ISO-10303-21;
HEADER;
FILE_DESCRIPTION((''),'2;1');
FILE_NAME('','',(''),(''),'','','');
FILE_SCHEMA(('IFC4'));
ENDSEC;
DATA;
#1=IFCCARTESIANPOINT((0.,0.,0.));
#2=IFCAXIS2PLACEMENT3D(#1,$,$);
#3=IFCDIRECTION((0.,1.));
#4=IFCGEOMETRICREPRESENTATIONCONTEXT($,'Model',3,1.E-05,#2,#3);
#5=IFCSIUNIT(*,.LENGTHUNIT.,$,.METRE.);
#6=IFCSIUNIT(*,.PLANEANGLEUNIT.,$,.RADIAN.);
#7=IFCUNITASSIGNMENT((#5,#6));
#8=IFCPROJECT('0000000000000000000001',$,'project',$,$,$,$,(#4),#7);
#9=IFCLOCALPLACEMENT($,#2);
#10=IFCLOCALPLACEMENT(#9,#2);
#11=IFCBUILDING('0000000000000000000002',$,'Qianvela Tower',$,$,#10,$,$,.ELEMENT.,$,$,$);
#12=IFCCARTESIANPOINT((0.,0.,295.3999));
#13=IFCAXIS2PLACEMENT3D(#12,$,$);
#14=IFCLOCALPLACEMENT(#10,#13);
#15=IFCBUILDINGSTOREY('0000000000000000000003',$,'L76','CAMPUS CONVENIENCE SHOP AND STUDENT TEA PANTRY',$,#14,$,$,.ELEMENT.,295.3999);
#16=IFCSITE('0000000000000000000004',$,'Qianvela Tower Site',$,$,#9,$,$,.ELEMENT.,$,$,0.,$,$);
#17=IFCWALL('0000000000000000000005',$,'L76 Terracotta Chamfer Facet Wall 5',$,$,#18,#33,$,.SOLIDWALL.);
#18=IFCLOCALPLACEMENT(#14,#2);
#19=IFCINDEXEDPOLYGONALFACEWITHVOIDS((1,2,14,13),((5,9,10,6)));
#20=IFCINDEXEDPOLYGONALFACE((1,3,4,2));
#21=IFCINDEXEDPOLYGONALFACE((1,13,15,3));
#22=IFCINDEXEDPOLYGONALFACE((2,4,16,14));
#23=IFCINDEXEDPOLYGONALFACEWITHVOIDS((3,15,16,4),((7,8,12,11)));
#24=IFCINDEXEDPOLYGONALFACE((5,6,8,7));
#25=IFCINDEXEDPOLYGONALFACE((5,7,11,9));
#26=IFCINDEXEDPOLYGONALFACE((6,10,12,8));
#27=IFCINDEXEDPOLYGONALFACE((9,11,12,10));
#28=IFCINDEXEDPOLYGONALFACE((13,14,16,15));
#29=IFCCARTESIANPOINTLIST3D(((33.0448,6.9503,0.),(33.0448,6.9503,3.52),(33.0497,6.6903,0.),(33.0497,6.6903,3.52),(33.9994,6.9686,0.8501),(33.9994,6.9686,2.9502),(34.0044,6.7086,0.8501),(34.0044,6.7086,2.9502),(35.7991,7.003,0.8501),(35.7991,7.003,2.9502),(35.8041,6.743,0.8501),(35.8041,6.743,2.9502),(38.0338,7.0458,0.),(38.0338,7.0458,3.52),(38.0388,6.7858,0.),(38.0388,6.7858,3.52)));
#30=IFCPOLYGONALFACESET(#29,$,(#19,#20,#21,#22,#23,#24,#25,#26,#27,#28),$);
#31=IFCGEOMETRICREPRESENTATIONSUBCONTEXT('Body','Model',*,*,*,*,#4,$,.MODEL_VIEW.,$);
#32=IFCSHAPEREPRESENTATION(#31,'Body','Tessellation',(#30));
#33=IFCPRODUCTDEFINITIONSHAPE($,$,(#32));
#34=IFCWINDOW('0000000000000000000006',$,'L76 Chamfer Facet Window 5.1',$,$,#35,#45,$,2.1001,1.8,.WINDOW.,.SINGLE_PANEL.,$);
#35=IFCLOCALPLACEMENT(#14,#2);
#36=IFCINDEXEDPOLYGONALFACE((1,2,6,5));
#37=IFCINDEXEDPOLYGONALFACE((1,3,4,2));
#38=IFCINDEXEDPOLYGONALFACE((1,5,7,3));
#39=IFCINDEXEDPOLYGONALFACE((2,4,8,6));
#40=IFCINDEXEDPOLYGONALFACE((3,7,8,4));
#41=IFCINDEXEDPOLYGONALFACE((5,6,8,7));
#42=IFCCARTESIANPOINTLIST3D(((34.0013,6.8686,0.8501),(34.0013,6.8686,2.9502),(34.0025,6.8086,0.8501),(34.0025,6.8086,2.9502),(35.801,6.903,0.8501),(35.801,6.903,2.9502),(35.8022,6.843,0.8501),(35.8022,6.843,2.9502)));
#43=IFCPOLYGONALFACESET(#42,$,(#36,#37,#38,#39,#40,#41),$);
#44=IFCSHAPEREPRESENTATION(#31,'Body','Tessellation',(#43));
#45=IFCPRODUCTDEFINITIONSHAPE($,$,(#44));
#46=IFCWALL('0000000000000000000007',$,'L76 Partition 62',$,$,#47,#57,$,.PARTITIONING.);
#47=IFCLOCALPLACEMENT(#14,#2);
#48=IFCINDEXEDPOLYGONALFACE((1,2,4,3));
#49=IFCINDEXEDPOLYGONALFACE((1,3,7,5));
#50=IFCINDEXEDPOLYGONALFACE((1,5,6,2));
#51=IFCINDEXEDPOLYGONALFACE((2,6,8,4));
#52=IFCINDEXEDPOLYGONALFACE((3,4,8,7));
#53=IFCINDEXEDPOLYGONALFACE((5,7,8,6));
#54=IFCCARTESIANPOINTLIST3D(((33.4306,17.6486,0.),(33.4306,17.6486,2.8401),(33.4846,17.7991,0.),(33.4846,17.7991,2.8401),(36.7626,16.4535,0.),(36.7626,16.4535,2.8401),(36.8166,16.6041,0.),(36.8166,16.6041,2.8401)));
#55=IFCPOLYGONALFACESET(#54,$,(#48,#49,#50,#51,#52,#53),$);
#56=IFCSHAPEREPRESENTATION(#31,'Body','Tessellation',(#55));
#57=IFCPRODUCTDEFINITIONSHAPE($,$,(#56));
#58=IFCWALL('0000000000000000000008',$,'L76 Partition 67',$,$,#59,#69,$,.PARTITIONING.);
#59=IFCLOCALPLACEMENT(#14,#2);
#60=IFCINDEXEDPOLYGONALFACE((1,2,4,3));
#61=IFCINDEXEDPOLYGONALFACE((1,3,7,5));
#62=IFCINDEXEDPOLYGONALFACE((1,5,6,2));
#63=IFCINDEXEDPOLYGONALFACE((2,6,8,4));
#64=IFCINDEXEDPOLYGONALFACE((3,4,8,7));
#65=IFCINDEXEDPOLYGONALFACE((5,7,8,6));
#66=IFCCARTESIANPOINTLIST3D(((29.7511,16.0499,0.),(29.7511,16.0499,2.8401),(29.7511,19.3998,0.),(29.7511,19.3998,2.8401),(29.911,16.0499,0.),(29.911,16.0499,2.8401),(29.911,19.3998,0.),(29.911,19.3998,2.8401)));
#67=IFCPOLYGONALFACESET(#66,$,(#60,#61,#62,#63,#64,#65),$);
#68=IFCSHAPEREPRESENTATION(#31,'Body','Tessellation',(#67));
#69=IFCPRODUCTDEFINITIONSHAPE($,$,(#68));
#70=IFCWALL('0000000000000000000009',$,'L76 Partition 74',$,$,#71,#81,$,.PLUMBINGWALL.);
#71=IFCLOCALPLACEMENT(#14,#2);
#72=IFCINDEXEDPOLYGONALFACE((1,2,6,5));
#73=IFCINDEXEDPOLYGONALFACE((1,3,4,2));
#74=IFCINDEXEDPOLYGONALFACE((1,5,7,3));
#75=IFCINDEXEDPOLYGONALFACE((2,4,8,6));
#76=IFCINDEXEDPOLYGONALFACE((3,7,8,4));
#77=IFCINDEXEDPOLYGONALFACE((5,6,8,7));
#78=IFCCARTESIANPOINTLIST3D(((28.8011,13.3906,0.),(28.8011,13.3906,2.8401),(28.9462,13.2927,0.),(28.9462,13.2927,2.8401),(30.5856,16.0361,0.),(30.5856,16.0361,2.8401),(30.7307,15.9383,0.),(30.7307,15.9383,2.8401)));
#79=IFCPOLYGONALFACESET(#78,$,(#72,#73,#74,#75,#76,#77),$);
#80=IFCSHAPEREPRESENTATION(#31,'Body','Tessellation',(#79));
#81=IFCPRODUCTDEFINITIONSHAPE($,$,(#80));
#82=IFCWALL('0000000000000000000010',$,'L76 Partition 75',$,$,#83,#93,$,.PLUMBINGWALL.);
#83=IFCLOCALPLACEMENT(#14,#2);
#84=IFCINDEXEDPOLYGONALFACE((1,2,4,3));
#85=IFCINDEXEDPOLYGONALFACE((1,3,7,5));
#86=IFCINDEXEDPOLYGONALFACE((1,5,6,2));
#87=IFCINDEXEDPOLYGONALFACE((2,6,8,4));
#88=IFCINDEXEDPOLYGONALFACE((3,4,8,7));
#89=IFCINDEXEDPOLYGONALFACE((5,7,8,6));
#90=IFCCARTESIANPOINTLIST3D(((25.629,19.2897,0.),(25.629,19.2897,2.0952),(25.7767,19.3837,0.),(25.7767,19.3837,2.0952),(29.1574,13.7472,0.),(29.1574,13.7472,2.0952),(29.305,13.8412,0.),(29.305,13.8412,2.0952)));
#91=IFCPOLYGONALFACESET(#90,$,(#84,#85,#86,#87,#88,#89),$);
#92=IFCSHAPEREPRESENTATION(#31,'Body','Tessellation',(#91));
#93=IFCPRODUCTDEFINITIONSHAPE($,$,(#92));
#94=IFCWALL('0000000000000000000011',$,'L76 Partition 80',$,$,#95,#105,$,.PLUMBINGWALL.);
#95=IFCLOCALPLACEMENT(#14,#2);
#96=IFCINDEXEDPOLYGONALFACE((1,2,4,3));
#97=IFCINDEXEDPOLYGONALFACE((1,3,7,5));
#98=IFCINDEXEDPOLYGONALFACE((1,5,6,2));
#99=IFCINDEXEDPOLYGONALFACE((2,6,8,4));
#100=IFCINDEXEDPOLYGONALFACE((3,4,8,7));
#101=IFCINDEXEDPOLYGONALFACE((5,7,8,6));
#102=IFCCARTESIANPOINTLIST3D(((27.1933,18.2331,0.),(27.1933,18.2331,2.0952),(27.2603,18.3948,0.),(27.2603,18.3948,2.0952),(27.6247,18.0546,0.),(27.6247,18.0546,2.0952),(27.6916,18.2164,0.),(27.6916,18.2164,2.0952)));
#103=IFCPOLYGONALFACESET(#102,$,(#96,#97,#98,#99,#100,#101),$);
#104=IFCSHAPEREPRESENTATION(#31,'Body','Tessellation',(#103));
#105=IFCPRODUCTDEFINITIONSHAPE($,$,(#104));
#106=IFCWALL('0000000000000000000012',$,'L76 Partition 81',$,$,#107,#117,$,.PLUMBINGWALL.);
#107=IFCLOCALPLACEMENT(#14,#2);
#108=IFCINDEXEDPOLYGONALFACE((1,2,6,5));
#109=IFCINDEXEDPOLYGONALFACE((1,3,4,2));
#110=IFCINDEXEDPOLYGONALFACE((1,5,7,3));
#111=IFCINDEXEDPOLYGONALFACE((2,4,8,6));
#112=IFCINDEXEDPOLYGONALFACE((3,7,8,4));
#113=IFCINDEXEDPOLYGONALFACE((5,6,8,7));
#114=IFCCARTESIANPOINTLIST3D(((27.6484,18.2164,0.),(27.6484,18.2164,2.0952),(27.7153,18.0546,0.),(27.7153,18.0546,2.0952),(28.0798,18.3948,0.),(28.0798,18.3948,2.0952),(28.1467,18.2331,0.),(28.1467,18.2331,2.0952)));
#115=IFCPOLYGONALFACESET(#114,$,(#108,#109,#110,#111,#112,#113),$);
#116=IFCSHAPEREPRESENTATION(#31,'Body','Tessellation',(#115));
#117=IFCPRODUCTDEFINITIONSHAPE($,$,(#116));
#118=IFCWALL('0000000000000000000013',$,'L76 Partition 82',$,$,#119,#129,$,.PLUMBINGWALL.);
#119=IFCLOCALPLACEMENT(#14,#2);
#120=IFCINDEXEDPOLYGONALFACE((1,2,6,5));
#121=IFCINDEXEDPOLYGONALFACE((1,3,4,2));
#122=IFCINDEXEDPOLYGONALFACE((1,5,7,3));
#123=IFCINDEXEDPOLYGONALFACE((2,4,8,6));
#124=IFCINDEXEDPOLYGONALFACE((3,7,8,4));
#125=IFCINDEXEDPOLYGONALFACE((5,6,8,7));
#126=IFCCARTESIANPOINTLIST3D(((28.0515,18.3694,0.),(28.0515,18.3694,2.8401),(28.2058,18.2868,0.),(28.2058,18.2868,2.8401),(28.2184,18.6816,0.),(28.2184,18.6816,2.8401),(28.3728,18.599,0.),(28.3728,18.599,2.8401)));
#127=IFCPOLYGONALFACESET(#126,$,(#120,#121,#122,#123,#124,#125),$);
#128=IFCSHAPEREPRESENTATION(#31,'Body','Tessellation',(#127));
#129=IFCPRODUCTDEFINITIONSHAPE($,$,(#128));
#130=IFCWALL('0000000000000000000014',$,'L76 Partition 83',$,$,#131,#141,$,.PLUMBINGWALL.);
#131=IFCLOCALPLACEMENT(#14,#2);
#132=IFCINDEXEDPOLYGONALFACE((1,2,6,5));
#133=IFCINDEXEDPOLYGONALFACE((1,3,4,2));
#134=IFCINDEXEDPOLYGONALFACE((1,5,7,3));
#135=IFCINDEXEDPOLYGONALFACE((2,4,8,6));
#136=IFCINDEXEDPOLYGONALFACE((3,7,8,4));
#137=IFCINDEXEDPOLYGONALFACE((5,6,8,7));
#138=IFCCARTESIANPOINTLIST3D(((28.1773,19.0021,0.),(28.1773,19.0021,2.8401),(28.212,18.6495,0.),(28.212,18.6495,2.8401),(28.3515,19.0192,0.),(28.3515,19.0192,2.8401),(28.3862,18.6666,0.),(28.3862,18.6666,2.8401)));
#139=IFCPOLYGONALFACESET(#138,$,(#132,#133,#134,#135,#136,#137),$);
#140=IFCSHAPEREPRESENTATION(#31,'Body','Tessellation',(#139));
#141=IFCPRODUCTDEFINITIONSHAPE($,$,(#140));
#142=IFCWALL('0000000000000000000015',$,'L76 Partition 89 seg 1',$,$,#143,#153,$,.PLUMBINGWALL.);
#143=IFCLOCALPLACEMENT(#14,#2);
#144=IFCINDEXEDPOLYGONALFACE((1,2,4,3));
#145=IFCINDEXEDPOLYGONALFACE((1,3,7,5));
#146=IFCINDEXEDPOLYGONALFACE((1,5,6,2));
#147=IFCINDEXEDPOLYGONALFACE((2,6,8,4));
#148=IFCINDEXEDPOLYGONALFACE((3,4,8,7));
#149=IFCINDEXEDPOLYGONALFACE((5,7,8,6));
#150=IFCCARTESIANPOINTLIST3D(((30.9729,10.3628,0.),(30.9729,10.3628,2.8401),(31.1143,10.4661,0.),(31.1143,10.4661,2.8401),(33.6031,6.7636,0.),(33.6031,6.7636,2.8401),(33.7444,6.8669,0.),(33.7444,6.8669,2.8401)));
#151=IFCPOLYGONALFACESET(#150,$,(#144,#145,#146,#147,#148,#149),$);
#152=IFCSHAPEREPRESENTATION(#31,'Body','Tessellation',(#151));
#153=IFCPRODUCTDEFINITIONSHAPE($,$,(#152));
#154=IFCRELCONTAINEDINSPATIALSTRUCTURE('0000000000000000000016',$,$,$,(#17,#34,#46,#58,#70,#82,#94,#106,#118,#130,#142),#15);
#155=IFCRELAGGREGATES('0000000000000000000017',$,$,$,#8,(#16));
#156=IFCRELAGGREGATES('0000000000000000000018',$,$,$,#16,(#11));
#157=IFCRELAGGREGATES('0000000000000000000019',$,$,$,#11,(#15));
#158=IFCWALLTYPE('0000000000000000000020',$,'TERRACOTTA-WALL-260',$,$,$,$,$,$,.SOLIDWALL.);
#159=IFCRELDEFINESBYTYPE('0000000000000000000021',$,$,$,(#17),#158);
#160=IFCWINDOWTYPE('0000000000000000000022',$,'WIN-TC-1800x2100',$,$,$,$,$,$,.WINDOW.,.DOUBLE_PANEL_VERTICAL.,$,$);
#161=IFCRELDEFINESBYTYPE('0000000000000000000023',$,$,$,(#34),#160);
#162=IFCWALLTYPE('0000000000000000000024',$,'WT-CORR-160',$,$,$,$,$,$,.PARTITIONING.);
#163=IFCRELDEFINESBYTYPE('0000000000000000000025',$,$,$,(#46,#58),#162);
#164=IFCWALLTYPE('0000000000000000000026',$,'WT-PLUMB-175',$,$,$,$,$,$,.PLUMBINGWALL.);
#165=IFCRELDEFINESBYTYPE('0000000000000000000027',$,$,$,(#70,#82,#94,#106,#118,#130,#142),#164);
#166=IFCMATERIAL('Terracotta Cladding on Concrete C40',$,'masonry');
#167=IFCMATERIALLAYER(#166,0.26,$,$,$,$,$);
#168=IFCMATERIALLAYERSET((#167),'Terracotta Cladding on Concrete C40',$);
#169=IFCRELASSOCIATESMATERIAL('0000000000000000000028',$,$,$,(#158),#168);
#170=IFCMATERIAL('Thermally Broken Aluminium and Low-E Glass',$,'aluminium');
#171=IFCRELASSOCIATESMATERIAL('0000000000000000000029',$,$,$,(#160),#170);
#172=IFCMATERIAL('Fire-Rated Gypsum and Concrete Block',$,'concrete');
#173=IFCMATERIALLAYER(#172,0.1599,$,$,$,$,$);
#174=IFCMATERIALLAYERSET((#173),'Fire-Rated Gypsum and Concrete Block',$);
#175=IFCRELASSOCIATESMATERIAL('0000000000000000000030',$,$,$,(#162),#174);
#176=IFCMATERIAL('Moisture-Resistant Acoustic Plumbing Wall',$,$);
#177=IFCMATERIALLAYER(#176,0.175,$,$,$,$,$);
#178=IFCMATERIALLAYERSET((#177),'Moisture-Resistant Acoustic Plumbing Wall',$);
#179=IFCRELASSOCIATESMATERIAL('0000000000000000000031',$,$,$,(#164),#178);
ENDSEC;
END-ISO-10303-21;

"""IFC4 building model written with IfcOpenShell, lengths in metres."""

from ifc_helpers import new_model, si_unit, direction, frame, frame_2d, origin, place, context, subcontext, project, spatial, rectangle, extrude, material, layer, layer_set, type_object, element, fill, save


model = new_model("IFC4")

# Units and contexts
model_context = context("Model", 3, precision=1e-05, world=origin(), true_north=direction((0.0, 1.0)))
body_context = subcontext(model_context, "Body", "Model", "MODEL_VIEW")
ifc_project = project(units=[si_unit("LENGTHUNIT", "METRE"), si_unit("PLANEANGLEUNIT", "RADIAN")], contexts=[model_context])

# Site, building, storey
site_placement = place(None, origin())
site = spatial("IfcSite", under=ifc_project, at=site_placement, Name="Qianvela Tower Site", CompositionType="ELEMENT", RefElevation=0.0)
building_placement = place(site_placement, origin())
building = spatial("IfcBuilding", under=site, at=building_placement, Name="Qianvela Tower", CompositionType="ELEMENT")
storey_placement = place(building_placement, frame((0.0, 0.0, 295.3999)))
storey = spatial("IfcBuildingStorey", under=building, at=storey_placement, Name="L76", Description="CAMPUS CONVENIENCE SHOP AND STUDENT TEA PANTRY", CompositionType="ELEMENT", Elevation=295.3999)

# Wall, opening, window
ifc_material_1 = material(Name="Terracotta Cladding on Concrete C40", Category="masonry")
ifc_layer_1 = layer(ifc_material_1, 0.26)
ifc_layer_set_1 = layer_set([ifc_layer_1], Name="Terracotta Cladding on Concrete C40")
wall_type_1 = type_object("IfcWallType", Name="TERRACOTTA-WALL-260", PredefinedType="SOLIDWALL", material=ifc_layer_set_1)
wall_1_placement = place(storey_placement, frame((33.0471, 6.8203, 0.0), z_axis=(0.0, 0.0, 1.0), x_axis=(0.999817, 0.01913, 0.0)))
wall_1 = element("IfcWall", 1, at=wall_1_placement, inside=storey, type_object=wall_type_1, Name="L76 Terracotta Chamfer Facet Wall 5", PredefinedType="SOLIDWALL", context=body_context, shape_type="SweptSolid", body=[
    extrude(rectangle(XDim=4.99, YDim=0.26, at=frame_2d((2.4951, 0.0))), origin(), (0.0, 0.0, 1.0), 3.52),
])
opening_placement = place(wall_1_placement, frame((0.9551, 0.0, 0.8501)))
opening = element("IfcOpeningElement", 2, at=opening_placement, cuts=wall_1, PredefinedType="OPENING", context=body_context, shape_type="SweptSolid", body=[
    extrude(rectangle(XDim=1.8, YDim=2.1001, at=frame_2d((0.8999, 1.05))), frame((0.0, 0.1399, 0.0), z_axis=(0.0, -1.0, 0.0), x_axis=(1.0, 0.0, 0.0)), (0.0, 0.0, 1.0), 0.28),
])
ifc_material_2 = material(Name="Thermally Broken Aluminium and Low-E Glass", Category="aluminium")
window_type = type_object("IfcWindowType", Name="WIN-TC-1800x2100", PartitioningType="DOUBLE_PANEL_VERTICAL", PredefinedType="WINDOW", material=ifc_material_2)
window_placement = place(opening_placement, origin())
window = element("IfcWindow", 3, at=window_placement, inside=storey, type_object=window_type, Name="L76 Chamfer Facet Window 5.1", OverallHeight=2.1001, OverallWidth=1.8, PartitioningType="SINGLE_PANEL", PredefinedType="WINDOW", context=body_context, shape_type="SweptSolid", body=[
    extrude(rectangle(XDim=1.8, YDim=2.1001, at=frame_2d((0.8999, 1.05))), frame((0.0, 0.03, 0.0), z_axis=(0.0, -1.0, 0.0), x_axis=(1.0, 0.0, 0.0)), (0.0, 0.0, 1.0), 0.0601),
])
fill(opening, window)

# Walls
ifc_material_3 = material(Name="Fire-Rated Gypsum and Concrete Block", Category="concrete")
ifc_layer_2 = layer(ifc_material_3, 0.1599)
ifc_layer_set_2 = layer_set([ifc_layer_2], Name="Fire-Rated Gypsum and Concrete Block")
wall_type_2 = type_object("IfcWallType", Name="WT-CORR-160", PredefinedType="PARTITIONING", material=ifc_layer_set_2)
wall_2_placement = place(storey_placement, frame((33.4575, 17.7239, 0.0), z_axis=(0.0, 0.0, 1.0), x_axis=(0.941289, -0.337603, 0.0)))
element("IfcWall", 4, at=wall_2_placement, inside=storey, type_object=wall_type_2, Name="L76 Partition 62", PredefinedType="PARTITIONING", context=body_context, shape_type="SweptSolid", body=[
    extrude(rectangle(XDim=3.5398, YDim=0.1599, at=frame_2d((1.77, 0.0))), origin(), (0.0, 0.0, 1.0), 2.8401),
])
wall_3_placement = place(storey_placement, frame((29.8311, 16.05, 0.0), z_axis=(0.0, 0.0, 1.0), x_axis=(0.0, 1.0, 0.0)))
element("IfcWall", 5, at=wall_3_placement, inside=storey, type_object=wall_type_2, Name="L76 Partition 67", PredefinedType="PARTITIONING", context=body_context, shape_type="SweptSolid", body=[
    extrude(rectangle(XDim=3.3499, YDim=0.1599, at=frame_2d((1.6748, 0.0))), origin(), (0.0, 0.0, 1.0), 2.8401),
])
ifc_material_4 = material(Name="Moisture-Resistant Acoustic Plumbing Wall")
ifc_layer_3 = layer(ifc_material_4, 0.175)
ifc_layer_set_3 = layer_set([ifc_layer_3], Name="Moisture-Resistant Acoustic Plumbing Wall")
wall_type_3 = type_object("IfcWallType", Name="WT-PLUMB-175", PredefinedType="PLUMBINGWALL", material=ifc_layer_set_3)
wall_4_placement = place(storey_placement, frame((30.6582, 15.9873, 0.0), z_axis=(0.0, 0.0, 1.0), x_axis=(-0.559194, -0.829037, 0.0)))
element("IfcWall", 6, at=wall_4_placement, inside=storey, type_object=wall_type_3, Name="L76 Partition 74", PredefinedType="PLUMBINGWALL", context=body_context, shape_type="SweptSolid", body=[
    extrude(rectangle(XDim=3.1912, YDim=0.175, at=frame_2d((1.5957, 0.0))), origin(), (0.0, 0.0, 1.0), 2.8401),
])
wall_5_placement = place(storey_placement, frame((29.2312, 13.7942, 0.0), z_axis=(0.0, 0.0, 1.0), x_axis=(-0.537015, 0.843573, 0.0)))
element("IfcWall", 7, at=wall_5_placement, inside=storey, type_object=wall_type_3, Name="L76 Partition 75", PredefinedType="PLUMBINGWALL", context=body_context, shape_type="SweptSolid", body=[
    extrude(rectangle(XDim=6.5703, YDim=0.175, at=frame_2d((3.2852, 0.0))), origin(), (0.0, 0.0, 1.0), 2.0952),
])
for number, where, z_axis, x_axis, name in (
    (8, (27.2268, 18.314, 0.0), (0.0, 0.0, 1.0), (0.924049, -0.382275, 0.0), "L76 Partition 80"),
    (9, (27.6819, 18.1355, 0.0), (0.0, 0.0, 1.0), (0.924049, 0.382275, 0.0), "L76 Partition 81"),
):
    element("IfcWall", number, at=place(storey_placement, frame(where, z_axis=z_axis, x_axis=x_axis)), inside=storey, type_object=wall_type_3, Name=name, PredefinedType="PLUMBINGWALL", context=body_context, shape_type="SweptSolid", body=[
        extrude(rectangle(XDim=0.4668, YDim=0.175, at=frame_2d((0.2334, 0.0))), origin(), (0.0, 0.0, 1.0), 2.0952),
    ])
wall_6_placement = place(storey_placement, frame((28.1287, 18.3281, 0.0), z_axis=(0.0, 0.0, 1.0), x_axis=(0.47159, 0.881818, 0.0)))
element("IfcWall", 10, at=wall_6_placement, inside=storey, type_object=wall_type_3, Name="L76 Partition 82", PredefinedType="PLUMBINGWALL", context=body_context, shape_type="SweptSolid", body=[
    extrude(rectangle(XDim=0.354, YDim=0.175, at=frame_2d((0.177, 0.0))), origin(), (0.0, 0.0, 1.0), 2.8401),
])
wall_7_placement = place(storey_placement, frame((28.2991, 18.658, 0.0), z_axis=(0.0, 0.0, 1.0), x_axis=(-0.097866, 0.9952, 0.0)))
element("IfcWall", 11, at=wall_7_placement, inside=storey, type_object=wall_type_3, Name="L76 Partition 83", PredefinedType="PLUMBINGWALL", context=body_context, shape_type="SweptSolid", body=[
    extrude(rectangle(XDim=0.3542, YDim=0.175, at=frame_2d((0.1772, 0.0))), origin(), (0.0, 0.0, 1.0), 2.8401),
])
wall_8_placement = place(storey_placement, frame((33.6738, 6.8152, 0.0), z_axis=(0.0, 0.0, 1.0), x_axis=(-0.590017, 0.807391, 0.0)))
element("IfcWall", 12, at=wall_8_placement, inside=storey, type_object=wall_type_3, Name="L76 Partition 89 seg 1", PredefinedType="PLUMBINGWALL", context=body_context, shape_type="SweptSolid", body=[
    extrude(rectangle(XDim=4.4578, YDim=0.175, at=frame_2d((2.229, 0.0))), origin(), (0.0, 0.0, 1.0), 2.8401),
])

save(model, "model.ifc")
